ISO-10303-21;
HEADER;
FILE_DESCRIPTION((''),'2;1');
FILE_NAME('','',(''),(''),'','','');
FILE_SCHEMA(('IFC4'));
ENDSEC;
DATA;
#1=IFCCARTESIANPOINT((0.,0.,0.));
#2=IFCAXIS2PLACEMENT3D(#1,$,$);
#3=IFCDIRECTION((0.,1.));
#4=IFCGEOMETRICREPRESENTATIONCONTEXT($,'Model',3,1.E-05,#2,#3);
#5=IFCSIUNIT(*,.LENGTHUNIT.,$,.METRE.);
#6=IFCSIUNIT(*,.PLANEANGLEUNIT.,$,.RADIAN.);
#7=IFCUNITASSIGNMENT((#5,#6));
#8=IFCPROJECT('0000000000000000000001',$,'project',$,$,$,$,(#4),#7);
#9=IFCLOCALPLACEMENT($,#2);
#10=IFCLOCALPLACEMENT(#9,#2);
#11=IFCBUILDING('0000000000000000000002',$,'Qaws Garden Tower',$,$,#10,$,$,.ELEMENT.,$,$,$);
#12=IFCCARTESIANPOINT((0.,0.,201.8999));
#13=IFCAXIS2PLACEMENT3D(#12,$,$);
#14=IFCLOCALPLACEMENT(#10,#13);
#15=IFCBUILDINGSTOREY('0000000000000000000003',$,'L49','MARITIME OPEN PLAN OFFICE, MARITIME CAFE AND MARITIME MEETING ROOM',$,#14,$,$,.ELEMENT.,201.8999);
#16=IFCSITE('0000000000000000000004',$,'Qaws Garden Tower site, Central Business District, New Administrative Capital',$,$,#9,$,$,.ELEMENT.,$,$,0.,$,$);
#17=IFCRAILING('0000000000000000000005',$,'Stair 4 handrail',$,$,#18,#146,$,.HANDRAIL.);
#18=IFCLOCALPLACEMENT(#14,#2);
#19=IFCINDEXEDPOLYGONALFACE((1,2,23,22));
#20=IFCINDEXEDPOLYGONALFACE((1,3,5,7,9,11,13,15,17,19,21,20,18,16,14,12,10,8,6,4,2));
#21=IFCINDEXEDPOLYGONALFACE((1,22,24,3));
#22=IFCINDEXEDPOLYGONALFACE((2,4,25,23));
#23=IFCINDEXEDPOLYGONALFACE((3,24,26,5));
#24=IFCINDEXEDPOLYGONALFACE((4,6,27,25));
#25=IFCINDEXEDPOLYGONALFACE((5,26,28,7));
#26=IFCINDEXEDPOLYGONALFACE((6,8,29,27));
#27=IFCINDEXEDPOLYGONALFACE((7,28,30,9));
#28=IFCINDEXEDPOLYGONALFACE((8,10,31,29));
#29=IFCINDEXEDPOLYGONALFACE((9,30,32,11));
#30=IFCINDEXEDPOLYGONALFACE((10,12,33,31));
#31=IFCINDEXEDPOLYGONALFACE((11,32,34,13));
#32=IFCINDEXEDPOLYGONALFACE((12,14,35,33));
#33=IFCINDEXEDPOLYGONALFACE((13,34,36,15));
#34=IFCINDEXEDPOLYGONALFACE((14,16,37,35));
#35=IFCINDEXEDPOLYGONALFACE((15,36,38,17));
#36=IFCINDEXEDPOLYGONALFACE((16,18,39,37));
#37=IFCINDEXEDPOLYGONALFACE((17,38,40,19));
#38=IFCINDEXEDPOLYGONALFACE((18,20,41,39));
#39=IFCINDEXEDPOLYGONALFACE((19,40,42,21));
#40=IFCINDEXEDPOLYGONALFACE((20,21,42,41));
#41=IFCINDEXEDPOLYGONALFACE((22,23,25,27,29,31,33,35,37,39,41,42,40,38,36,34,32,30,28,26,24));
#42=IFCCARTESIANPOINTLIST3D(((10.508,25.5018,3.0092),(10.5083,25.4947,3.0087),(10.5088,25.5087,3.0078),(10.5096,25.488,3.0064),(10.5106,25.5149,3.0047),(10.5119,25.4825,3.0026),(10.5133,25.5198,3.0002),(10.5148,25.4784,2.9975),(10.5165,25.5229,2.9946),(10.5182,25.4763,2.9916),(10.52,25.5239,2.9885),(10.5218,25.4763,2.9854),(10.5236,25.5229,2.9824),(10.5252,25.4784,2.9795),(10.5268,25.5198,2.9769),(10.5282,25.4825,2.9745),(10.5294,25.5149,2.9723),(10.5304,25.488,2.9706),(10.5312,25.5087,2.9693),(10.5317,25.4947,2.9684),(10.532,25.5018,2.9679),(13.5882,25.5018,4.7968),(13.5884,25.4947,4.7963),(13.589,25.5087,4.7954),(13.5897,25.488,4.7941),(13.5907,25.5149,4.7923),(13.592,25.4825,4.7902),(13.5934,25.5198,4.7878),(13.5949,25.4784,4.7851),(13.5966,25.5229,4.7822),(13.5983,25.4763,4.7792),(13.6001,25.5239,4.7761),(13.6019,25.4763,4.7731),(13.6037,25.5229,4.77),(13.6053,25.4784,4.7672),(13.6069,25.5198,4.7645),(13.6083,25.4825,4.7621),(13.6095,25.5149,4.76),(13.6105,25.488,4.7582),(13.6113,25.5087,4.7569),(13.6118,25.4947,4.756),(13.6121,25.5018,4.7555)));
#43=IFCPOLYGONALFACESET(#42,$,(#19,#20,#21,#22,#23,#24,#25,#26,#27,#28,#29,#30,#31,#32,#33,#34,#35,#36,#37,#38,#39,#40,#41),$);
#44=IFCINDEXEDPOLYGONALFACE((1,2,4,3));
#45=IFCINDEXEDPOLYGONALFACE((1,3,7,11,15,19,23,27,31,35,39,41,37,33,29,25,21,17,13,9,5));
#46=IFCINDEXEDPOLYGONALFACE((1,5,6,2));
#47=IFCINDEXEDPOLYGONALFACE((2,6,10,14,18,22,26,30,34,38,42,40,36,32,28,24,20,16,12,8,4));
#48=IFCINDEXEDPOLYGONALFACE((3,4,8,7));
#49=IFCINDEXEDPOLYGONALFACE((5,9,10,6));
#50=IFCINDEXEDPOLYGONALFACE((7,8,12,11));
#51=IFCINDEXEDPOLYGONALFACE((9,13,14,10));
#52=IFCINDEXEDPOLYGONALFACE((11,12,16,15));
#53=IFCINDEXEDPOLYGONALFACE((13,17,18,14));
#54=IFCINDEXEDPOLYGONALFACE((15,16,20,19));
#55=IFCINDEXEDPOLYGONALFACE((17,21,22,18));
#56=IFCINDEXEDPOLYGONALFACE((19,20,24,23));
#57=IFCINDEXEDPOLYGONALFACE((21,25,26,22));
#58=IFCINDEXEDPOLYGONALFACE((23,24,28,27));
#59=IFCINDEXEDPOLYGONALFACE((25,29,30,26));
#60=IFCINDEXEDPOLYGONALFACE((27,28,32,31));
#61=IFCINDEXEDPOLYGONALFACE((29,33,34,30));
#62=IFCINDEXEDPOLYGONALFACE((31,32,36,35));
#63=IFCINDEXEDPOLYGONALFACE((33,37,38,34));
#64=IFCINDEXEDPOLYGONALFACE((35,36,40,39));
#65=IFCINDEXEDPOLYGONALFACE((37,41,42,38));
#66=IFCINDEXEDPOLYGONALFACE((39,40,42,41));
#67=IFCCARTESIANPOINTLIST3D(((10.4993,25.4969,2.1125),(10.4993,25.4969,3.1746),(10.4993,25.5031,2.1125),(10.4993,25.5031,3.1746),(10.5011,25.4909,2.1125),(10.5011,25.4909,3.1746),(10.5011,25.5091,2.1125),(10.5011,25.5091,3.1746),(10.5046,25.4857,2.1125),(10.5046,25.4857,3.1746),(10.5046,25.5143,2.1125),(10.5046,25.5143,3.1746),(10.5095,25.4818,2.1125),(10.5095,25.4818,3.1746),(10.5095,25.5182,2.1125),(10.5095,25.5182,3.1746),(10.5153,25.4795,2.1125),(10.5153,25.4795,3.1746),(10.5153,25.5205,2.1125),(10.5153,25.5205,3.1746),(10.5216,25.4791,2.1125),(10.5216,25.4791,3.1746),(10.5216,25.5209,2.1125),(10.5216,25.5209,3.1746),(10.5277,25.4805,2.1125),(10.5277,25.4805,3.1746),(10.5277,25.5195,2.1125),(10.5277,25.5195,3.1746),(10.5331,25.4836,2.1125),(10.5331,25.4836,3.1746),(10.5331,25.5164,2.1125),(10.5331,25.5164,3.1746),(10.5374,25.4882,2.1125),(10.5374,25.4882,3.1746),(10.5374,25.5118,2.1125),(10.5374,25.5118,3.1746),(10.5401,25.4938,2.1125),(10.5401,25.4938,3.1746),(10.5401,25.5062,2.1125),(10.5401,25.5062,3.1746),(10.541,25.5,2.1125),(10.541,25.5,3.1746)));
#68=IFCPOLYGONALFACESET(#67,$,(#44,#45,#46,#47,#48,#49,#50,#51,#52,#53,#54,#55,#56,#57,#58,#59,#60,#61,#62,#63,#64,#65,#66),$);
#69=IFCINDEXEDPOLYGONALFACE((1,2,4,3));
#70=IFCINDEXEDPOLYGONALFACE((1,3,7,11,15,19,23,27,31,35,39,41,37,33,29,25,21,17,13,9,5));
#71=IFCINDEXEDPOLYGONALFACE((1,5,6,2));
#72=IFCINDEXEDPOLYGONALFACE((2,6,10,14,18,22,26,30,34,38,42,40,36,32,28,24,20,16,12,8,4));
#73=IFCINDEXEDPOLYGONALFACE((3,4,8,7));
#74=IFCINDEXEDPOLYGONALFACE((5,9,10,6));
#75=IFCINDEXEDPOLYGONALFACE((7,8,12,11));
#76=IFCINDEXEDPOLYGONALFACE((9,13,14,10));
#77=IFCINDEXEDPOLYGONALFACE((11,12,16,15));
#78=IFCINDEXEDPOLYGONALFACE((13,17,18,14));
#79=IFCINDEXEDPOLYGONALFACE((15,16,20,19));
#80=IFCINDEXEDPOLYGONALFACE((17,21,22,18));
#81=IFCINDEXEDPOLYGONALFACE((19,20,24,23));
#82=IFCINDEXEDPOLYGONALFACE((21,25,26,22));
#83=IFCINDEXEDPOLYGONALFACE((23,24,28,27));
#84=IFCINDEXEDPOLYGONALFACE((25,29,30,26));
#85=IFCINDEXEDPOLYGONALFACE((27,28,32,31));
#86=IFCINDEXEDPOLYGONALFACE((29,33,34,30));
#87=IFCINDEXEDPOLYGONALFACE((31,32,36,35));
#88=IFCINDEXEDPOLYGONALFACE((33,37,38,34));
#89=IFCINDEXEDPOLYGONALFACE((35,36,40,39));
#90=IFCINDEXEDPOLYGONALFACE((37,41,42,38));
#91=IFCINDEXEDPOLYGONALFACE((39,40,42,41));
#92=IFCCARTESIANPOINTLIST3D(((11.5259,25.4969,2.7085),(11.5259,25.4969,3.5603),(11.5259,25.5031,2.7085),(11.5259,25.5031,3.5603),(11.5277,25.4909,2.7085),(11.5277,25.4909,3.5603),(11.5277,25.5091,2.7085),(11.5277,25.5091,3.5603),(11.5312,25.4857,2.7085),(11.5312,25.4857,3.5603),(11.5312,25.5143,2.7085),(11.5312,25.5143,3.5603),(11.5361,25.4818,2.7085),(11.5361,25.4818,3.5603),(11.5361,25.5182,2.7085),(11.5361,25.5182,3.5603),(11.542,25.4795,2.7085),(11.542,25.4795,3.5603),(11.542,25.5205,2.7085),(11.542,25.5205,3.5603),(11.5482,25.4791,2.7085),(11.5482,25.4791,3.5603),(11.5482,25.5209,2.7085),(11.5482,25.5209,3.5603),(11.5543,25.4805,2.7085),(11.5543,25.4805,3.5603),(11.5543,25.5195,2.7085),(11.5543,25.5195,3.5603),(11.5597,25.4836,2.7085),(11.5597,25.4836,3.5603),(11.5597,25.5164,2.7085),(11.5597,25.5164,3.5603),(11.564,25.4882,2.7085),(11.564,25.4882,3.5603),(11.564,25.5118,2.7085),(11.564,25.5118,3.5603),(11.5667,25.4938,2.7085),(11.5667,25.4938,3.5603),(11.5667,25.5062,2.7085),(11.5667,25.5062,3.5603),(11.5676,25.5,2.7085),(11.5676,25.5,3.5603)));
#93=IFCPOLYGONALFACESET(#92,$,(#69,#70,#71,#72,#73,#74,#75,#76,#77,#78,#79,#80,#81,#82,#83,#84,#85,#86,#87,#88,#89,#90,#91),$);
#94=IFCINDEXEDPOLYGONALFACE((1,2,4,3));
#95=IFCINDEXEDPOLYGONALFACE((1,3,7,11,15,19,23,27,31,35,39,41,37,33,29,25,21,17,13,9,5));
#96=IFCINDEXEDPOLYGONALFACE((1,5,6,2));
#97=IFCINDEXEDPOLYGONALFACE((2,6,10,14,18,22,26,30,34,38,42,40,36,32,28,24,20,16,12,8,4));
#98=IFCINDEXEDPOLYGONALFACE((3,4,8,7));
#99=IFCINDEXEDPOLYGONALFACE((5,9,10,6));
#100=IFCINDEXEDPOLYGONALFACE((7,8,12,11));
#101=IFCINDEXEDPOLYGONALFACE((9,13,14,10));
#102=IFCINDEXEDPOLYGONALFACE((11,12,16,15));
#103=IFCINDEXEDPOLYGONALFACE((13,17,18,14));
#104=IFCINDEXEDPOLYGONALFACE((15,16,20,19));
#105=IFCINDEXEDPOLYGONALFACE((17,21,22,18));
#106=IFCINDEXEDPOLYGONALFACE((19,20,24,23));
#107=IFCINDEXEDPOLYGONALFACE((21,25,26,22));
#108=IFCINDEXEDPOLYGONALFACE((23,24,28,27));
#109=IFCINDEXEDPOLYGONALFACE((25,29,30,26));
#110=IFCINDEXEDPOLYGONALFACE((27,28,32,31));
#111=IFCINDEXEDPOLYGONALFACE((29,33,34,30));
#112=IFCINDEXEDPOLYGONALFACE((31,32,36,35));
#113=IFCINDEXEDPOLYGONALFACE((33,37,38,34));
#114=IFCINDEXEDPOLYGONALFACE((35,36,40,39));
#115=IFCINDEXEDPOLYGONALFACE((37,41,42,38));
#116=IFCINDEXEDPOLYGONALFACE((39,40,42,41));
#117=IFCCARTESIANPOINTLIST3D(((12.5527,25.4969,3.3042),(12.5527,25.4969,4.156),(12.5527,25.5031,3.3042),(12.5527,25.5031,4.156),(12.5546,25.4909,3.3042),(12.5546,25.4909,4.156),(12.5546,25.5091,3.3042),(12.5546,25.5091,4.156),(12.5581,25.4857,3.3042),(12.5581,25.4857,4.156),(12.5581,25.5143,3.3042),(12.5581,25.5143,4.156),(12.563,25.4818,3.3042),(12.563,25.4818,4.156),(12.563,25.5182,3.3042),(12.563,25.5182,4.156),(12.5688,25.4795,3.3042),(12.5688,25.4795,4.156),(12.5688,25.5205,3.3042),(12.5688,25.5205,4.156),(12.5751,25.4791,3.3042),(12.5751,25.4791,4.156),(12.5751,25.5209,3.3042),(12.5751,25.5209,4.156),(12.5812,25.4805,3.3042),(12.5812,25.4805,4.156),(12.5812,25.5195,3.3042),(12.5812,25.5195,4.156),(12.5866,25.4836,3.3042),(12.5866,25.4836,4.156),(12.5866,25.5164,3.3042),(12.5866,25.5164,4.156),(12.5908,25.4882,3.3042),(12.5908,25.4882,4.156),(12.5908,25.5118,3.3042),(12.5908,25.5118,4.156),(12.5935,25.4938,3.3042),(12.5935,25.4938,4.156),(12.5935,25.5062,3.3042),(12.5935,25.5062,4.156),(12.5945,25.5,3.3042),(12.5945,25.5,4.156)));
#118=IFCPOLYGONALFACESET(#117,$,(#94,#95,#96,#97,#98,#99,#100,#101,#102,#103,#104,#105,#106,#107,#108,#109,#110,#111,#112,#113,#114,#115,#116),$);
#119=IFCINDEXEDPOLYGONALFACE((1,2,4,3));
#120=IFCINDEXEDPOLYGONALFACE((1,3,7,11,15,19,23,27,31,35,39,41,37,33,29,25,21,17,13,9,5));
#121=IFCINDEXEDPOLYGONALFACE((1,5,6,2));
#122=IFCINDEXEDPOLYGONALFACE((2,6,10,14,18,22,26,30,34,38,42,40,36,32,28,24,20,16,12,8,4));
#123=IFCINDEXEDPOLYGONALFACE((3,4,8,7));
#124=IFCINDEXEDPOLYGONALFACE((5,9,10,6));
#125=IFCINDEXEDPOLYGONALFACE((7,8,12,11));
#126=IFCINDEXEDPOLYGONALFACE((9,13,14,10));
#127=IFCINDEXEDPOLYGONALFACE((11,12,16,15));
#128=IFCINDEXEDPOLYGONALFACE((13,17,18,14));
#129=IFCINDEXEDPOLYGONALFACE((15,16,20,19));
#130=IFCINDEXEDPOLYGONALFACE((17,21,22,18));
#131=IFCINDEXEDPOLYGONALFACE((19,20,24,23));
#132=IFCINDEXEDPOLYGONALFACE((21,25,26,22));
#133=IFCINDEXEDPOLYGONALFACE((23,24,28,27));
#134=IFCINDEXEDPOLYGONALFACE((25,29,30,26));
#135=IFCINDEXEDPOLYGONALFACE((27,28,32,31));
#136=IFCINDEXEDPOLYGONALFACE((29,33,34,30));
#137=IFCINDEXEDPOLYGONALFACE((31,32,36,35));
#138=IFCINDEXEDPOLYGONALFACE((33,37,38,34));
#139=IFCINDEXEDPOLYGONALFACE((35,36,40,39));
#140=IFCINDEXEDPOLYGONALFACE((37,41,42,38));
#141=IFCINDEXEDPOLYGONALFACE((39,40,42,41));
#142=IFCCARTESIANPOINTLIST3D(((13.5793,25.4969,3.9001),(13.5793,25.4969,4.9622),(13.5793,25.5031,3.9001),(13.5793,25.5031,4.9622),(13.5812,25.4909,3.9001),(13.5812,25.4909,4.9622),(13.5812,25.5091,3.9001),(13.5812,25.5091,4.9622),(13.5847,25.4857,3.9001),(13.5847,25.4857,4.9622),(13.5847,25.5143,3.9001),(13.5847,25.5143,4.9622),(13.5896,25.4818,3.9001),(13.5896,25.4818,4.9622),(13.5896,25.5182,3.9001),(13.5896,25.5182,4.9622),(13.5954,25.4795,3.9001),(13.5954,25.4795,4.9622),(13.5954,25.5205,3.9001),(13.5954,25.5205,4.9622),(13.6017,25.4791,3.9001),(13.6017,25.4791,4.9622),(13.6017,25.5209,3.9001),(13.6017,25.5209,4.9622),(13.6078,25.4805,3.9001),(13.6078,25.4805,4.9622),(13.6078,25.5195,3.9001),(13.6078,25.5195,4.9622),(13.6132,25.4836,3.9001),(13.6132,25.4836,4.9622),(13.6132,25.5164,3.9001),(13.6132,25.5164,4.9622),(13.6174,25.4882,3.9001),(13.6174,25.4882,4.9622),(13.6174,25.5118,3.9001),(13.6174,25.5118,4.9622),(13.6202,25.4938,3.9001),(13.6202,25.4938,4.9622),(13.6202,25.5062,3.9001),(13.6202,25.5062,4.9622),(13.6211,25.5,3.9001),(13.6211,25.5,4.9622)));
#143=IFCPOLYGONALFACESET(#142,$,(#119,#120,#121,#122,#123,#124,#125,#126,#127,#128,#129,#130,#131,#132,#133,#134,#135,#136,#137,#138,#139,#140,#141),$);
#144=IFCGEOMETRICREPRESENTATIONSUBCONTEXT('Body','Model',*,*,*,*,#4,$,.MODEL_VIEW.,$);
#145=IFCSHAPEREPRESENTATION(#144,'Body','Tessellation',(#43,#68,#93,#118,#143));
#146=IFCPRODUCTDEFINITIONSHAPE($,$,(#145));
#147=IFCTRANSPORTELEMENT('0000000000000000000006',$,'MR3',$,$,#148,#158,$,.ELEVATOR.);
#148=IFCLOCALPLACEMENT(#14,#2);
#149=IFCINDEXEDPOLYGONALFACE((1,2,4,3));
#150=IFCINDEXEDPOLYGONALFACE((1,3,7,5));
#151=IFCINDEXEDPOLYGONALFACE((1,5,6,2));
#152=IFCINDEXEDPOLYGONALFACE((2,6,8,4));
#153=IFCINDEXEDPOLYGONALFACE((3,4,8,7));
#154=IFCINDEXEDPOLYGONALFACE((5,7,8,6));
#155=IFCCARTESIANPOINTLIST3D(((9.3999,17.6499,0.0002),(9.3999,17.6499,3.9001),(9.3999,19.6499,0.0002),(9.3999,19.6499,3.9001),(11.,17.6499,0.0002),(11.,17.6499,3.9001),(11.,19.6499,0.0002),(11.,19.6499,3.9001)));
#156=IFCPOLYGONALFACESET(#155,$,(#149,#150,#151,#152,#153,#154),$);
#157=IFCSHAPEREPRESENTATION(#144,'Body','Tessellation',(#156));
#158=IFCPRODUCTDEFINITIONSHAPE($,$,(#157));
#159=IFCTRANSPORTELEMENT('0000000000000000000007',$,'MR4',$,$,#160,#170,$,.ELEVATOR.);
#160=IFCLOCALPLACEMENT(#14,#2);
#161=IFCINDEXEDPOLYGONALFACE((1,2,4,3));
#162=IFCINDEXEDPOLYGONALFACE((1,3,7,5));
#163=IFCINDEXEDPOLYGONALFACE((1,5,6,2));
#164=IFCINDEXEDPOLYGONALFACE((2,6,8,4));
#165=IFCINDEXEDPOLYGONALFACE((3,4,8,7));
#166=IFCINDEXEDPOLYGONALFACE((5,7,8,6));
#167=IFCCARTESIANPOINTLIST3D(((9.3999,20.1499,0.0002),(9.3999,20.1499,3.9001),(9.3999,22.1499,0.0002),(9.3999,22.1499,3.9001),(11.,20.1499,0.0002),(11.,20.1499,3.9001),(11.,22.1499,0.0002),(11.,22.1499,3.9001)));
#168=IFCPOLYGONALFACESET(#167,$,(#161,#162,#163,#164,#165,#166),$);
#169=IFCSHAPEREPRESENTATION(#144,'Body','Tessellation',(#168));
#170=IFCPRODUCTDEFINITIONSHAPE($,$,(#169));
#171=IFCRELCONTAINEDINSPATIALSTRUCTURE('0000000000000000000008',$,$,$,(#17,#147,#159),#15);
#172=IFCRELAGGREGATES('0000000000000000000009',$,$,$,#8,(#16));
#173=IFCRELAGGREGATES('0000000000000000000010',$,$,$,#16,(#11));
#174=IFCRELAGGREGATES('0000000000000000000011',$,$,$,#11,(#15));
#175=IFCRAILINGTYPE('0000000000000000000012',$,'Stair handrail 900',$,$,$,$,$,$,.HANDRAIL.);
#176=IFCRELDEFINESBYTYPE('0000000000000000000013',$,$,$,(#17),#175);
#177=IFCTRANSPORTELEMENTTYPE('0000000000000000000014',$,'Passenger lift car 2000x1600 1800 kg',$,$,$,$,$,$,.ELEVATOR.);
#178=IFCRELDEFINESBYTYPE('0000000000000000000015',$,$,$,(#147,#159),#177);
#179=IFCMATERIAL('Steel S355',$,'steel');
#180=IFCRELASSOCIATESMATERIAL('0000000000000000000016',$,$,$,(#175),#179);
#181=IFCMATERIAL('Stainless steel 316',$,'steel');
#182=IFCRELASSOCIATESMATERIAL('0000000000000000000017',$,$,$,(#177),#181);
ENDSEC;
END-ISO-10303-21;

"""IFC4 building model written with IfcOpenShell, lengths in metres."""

from ifc_helpers import new_model, si_unit, direction, frame, origin, origin_2d, place, context, subcontext, project, spatial, rectangle, circle, extrude, material, type_object, element, save


model = new_model("IFC4")

# Units and contexts
model_context = context("Model", 3, precision=1e-05, world=origin(), true_north=direction((0.0, 1.0)))
body_context = subcontext(model_context, "Body", "Model", "MODEL_VIEW")
ifc_project = project(units=[si_unit("LENGTHUNIT", "METRE"), si_unit("PLANEANGLEUNIT", "RADIAN")], contexts=[model_context])

# Site, building, storey
site_placement = place(None, origin())
site = spatial("IfcSite", under=ifc_project, at=site_placement, Name="Qaws Garden Tower site, Central Business District, New Administrative Capital", CompositionType="ELEMENT", RefElevation=0.0)
building_placement = place(site_placement, origin())
building = spatial("IfcBuilding", under=site, at=building_placement, Name="Qaws Garden Tower", CompositionType="ELEMENT")
storey_placement = place(building_placement, frame((0.0, 0.0, 201.8999)))
storey = spatial("IfcBuildingStorey", under=building, at=storey_placement, Name="L49", Description="MARITIME OPEN PLAN OFFICE, MARITIME CAFE AND MARITIME MEETING ROOM", CompositionType="ELEMENT", Elevation=201.8999)

# Railing
ifc_material_1 = material(Name="Steel S355", Category="steel")
railing_type = type_object("IfcRailingType", Name="Stair handrail 900", PredefinedType="HANDRAIL", material=ifc_material_1)
railing_1_placement = place(storey_placement, frame((10.52, 25.5, 2.1125)))
element("IfcRailing", 1, at=railing_1_placement, inside=storey, type_object=railing_type, Name="Stair 4 handrail", PredefinedType="HANDRAIL", context=body_context, shape_type="SweptSolid", body=[
    extrude(circle(Radius=0.0239, at=origin_2d()), frame((0.0, 0.0, 0.876), z_axis=(0.864891, 0.0, 0.50196), x_axis=(0.0, 1.0, 0.0)), (0.0, 0.0, 1.0), 3.5613),
    extrude(circle(Radius=0.021, at=origin_2d()), origin(), (0.0, 0.0, 1.0), 1.062),
    extrude(circle(Radius=0.021, at=origin_2d()), frame((1.0266, 0.0, 0.5959)), (0.0, 0.0, 1.0), 0.8518),
    extrude(circle(Radius=0.021, at=origin_2d()), frame((2.0535, 0.0, 1.1917)), (0.0, 0.0, 1.0), 0.8518),
    extrude(circle(Radius=0.021, at=origin_2d()), frame((3.0801, 0.0, 1.7876)), (0.0, 0.0, 1.0), 1.062),
])

# Transport elements
ifc_material_2 = material(Name="Stainless steel 316", Category="steel")
transport_element_type = type_object("IfcTransportElementType", Name="Passenger lift car 2000x1600 1800 kg", PredefinedType="ELEVATOR", material=ifc_material_2)
for number, where, z_axis, x_axis, name in (
    (2, (10.2, 18.6499, 0.0002), (0.0, 0.0, 1.0), (1.0, 0.0, 0.0), "MR3"),
    (3, (10.2, 21.1499, 0.0002), (0.0, 0.0, 1.0), (1.0, 0.0, 0.0), "MR4"),
):
    element("IfcTransportElement", number, at=place(storey_placement, frame(where, z_axis=z_axis, x_axis=x_axis)), inside=storey, type_object=transport_element_type, Name=name, PredefinedType="ELEVATOR", context=body_context, shape_type="SweptSolid", body=[
        extrude(rectangle(XDim=1.6001, YDim=2.0, at=origin_2d()), origin(), (0.0, 0.0, 1.0), 3.8999),
    ])

save(model, "model.ifc")
